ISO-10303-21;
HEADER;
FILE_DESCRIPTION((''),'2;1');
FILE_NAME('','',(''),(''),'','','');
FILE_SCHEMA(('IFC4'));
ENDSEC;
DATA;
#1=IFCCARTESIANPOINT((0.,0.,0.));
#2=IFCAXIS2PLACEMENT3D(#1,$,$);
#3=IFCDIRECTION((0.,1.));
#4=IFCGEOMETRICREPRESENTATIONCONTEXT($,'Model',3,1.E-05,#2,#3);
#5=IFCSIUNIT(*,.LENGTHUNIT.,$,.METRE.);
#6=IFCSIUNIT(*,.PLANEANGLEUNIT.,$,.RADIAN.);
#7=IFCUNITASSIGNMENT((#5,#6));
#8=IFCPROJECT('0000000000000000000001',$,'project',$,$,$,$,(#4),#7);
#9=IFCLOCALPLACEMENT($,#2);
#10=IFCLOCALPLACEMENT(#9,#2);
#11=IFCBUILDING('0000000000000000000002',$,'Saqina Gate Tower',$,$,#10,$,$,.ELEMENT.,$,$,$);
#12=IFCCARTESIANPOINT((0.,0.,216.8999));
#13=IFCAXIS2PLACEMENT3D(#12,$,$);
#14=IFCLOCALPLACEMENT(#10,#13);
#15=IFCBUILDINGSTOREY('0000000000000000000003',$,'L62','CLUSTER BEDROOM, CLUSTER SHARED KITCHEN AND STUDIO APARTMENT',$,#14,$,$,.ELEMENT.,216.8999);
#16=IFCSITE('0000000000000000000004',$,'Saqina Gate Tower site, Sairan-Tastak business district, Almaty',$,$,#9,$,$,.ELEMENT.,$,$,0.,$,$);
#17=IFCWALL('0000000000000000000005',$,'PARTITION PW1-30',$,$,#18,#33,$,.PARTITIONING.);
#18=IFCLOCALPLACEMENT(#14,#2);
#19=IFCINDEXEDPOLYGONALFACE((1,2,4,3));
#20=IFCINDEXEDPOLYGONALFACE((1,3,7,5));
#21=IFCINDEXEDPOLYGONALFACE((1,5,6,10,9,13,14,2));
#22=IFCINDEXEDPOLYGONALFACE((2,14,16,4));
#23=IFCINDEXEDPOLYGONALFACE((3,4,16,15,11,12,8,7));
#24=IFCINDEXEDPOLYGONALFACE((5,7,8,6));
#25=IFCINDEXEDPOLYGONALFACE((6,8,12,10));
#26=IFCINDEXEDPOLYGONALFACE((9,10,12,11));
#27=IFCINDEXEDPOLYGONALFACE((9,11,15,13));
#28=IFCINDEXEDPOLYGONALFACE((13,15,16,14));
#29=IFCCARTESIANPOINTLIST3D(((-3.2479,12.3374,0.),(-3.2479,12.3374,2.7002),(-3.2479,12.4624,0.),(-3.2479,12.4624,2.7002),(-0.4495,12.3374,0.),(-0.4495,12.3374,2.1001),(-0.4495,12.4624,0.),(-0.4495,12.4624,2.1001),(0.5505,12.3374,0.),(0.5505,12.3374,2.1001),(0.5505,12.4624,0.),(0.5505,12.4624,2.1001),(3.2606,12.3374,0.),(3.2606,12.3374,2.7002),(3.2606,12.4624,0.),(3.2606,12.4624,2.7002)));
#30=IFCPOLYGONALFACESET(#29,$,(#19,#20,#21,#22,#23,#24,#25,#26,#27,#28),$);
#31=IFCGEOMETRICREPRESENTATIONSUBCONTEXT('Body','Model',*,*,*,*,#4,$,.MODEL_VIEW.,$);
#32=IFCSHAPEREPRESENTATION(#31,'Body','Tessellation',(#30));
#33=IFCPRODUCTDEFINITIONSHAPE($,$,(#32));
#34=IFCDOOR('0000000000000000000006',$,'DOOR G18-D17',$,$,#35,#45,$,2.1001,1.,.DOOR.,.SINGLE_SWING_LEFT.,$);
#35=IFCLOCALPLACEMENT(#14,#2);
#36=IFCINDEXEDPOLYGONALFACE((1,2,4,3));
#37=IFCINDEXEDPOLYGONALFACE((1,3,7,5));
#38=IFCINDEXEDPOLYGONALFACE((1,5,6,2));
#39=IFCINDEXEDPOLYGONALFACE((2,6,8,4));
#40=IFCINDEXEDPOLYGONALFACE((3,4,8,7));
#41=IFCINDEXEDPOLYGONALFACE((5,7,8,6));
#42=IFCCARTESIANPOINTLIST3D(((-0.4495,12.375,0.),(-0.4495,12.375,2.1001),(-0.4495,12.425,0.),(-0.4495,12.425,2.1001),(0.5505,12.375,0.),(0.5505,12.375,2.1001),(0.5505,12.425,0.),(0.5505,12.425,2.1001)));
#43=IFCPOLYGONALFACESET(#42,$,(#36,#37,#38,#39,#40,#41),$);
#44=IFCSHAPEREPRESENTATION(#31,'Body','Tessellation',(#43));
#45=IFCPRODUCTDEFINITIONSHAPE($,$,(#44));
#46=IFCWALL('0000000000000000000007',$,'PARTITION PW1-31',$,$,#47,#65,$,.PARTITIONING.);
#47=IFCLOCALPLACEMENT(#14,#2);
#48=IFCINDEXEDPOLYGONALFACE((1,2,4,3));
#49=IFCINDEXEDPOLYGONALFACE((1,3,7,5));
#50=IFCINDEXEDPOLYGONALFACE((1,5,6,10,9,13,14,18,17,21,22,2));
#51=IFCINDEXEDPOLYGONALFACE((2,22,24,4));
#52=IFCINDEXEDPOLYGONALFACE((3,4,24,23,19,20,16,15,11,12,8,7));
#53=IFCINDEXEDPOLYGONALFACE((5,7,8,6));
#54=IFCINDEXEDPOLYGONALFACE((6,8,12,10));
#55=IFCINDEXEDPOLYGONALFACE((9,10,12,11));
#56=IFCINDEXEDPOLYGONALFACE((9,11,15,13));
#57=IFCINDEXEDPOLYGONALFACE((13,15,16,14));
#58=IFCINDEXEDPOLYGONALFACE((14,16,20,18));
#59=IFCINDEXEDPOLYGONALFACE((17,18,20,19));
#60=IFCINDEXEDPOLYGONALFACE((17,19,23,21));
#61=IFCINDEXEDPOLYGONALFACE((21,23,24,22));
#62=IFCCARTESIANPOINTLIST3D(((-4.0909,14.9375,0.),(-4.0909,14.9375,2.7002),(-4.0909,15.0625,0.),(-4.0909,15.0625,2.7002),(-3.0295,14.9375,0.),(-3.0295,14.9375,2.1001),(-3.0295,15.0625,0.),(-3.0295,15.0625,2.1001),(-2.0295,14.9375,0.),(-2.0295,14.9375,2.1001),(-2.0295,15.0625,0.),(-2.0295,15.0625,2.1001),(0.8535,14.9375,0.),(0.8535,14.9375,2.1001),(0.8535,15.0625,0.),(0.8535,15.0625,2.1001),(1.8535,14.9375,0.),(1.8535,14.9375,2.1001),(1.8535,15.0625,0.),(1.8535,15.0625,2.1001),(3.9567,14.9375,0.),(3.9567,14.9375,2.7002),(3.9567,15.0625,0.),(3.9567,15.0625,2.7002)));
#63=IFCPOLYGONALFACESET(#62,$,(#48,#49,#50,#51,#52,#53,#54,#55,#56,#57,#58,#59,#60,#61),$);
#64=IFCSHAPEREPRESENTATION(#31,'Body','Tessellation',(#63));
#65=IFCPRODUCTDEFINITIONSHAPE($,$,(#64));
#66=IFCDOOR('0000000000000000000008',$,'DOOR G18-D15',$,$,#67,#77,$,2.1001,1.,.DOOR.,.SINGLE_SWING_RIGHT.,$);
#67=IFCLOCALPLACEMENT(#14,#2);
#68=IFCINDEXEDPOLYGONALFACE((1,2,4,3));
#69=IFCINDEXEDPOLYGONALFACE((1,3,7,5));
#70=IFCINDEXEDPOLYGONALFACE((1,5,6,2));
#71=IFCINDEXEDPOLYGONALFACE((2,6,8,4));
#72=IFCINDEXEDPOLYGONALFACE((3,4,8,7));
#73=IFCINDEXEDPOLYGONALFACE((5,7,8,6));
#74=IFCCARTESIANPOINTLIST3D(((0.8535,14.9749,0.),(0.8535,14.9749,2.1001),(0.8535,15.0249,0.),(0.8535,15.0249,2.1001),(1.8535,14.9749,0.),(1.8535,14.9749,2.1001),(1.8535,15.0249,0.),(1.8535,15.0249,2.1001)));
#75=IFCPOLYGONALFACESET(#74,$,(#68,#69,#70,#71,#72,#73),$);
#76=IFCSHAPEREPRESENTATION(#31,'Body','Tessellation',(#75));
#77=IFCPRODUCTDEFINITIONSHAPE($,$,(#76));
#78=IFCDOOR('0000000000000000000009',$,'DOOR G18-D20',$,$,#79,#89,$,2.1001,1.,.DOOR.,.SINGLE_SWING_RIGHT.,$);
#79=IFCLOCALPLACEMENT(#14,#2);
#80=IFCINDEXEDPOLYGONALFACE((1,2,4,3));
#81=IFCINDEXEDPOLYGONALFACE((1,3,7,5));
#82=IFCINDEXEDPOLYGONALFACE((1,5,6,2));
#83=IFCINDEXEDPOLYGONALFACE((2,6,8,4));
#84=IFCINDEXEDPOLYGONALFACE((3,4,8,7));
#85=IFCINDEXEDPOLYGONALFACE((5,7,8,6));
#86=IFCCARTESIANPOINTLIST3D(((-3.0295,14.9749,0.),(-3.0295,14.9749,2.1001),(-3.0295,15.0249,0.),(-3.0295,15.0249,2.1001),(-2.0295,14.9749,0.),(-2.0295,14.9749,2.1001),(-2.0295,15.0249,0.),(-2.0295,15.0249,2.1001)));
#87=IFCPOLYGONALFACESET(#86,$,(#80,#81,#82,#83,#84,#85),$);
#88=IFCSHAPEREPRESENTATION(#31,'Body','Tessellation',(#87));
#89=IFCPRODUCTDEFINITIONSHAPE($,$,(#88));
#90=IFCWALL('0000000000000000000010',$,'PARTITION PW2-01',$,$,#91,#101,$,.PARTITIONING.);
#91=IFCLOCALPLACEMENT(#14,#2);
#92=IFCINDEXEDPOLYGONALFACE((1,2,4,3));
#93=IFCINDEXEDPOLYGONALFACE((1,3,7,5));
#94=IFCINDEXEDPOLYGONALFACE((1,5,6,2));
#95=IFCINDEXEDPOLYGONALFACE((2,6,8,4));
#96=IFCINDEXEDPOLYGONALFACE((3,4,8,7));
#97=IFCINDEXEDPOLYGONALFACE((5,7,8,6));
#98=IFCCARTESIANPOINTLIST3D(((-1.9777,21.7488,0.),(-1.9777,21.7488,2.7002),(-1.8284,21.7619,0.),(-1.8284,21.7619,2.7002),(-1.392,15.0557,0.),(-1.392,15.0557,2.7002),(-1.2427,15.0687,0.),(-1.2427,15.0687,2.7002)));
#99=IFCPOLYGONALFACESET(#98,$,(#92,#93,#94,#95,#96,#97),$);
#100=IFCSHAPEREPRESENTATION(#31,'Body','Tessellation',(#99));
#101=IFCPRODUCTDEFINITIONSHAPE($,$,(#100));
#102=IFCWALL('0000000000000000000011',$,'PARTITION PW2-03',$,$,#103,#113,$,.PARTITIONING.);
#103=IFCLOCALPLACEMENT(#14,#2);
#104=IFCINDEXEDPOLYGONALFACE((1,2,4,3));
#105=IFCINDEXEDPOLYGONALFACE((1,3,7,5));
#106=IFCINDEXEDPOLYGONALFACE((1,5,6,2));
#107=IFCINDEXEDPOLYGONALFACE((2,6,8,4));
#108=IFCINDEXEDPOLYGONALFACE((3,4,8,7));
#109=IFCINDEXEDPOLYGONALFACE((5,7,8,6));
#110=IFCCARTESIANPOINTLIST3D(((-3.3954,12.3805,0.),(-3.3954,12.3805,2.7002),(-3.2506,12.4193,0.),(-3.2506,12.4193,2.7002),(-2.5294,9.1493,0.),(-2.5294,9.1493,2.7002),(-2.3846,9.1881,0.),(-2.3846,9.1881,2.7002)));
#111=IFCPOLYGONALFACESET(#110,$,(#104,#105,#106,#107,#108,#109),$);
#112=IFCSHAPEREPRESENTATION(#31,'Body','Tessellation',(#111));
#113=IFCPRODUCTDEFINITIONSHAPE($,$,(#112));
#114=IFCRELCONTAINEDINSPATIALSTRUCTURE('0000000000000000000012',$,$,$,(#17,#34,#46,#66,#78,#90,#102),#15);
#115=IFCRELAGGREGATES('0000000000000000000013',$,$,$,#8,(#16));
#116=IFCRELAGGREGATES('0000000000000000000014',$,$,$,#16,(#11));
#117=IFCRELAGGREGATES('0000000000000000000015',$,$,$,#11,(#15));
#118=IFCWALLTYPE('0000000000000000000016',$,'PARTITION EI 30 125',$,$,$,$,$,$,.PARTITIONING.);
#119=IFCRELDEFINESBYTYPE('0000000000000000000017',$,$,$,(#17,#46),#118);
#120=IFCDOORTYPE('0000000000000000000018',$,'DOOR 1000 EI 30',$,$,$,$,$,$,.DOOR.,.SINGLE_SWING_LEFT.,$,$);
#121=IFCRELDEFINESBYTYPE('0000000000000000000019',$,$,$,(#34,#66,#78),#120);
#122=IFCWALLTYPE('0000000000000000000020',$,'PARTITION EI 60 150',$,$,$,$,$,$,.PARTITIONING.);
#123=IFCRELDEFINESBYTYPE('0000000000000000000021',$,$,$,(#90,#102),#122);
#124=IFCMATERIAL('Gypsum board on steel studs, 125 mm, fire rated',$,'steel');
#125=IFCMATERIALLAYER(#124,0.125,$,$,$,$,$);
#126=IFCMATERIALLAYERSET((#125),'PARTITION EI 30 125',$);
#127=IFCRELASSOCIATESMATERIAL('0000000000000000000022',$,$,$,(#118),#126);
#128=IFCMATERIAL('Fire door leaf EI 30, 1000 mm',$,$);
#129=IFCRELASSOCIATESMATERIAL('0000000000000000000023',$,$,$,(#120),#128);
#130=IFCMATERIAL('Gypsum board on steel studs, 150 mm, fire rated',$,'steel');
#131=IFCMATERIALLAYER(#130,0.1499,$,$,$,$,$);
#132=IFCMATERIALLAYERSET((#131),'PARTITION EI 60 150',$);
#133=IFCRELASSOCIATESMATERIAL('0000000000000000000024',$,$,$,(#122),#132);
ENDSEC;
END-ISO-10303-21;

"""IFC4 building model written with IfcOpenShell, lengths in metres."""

from ifc_helpers import new_model, si_unit, direction, frame, frame_2d, origin, place, context, subcontext, project, spatial, rectangle, extrude, material, layer, layer_set, type_object, element, fill, save


model = new_model("IFC4")

# Units and contexts
model_context = context("Model", 3, precision=1e-05, world=origin(), true_north=direction((0.0, 1.0)))
body_context = subcontext(model_context, "Body", "Model", "MODEL_VIEW")
ifc_project = project(units=[si_unit("LENGTHUNIT", "METRE"), si_unit("PLANEANGLEUNIT", "RADIAN")], contexts=[model_context])

# Site, building, storey
site_placement = place(None, origin())
site = spatial("IfcSite", under=ifc_project, at=site_placement, Name="Saqina Gate Tower site, Sairan-Tastak business district, Almaty", CompositionType="ELEMENT", RefElevation=0.0)
building_placement = place(site_placement, origin())
building = spatial("IfcBuilding", under=site, at=building_placement, Name="Saqina Gate Tower", CompositionType="ELEMENT")
storey_placement = place(building_placement, frame((0.0, 0.0, 216.8999)))
storey = spatial("IfcBuildingStorey", under=building, at=storey_placement, Name="L62", Description="CLUSTER BEDROOM, CLUSTER SHARED KITCHEN AND STUDIO APARTMENT", CompositionType="ELEMENT", Elevation=216.8999)

# Wall, opening, door
ifc_material_1 = material(Name="Gypsum board on steel studs, 125 mm, fire rated", Category="steel")
ifc_layer_1 = layer(ifc_material_1, 0.125)
ifc_layer_set_1 = layer_set([ifc_layer_1], Name="PARTITION EI 30 125")
wall_type_1 = type_object("IfcWallType", Name="PARTITION EI 30 125", PredefinedType="PARTITIONING", material=ifc_layer_set_1)
wall_1_placement = place(storey_placement, frame((-3.248, 12.3999, 0.0), z_axis=(0.0, 0.0, 1.0), x_axis=(1.0, 0.0, 0.0)))
wall_1 = element("IfcWall", 1, at=wall_1_placement, inside=storey, type_object=wall_type_1, Name="PARTITION PW1-30", PredefinedType="PARTITIONING", context=body_context, shape_type="SweptSolid", body=[
    extrude(rectangle(XDim=6.5085, YDim=0.125, at=frame_2d((3.2544, 0.0))), origin(), (0.0, 0.0, 1.0), 2.7002),
])
opening_1_placement = place(wall_1_placement, frame((2.7986, 0.0, 0.0)))
opening_1 = element("IfcOpeningElement", 2, at=opening_1_placement, cuts=wall_1, PredefinedType="OPENING", context=body_context, shape_type="SweptSolid", body=[
    extrude(rectangle(XDim=1.0, YDim=2.1001, at=frame_2d((0.5, 1.05))), frame((0.0, 0.0745, 0.0), z_axis=(0.0, -1.0, 0.0), x_axis=(1.0, 0.0, 0.0)), (0.0, 0.0, 1.0), 0.1489),
])
ifc_material_2 = material(Name="Fire door leaf EI 30, 1000 mm")
door_type_1 = type_object("IfcDoorType", Name="DOOR 1000 EI 30", OperationType="SINGLE_SWING_LEFT", PredefinedType="DOOR", material=ifc_material_2)
door_1_placement = place(opening_1_placement, frame((1.0, 0.0, 0.0), z_axis=(0.0, 0.0, 1.0), x_axis=(-1.0, 0.0, 0.0)))
door_1 = element("IfcDoor", 3, at=door_1_placement, inside=storey, type_object=door_type_1, Name="DOOR G18-D17", OperationType="SINGLE_SWING_LEFT", OverallHeight=2.1001, OverallWidth=1.0, PredefinedType="DOOR", context=body_context, shape_type="SweptSolid", body=[
    extrude(rectangle(XDim=1.0, YDim=2.1001, at=frame_2d((0.5, 1.05))), frame((0.0, 0.0249, 0.0), z_axis=(0.0, -1.0, 0.0), x_axis=(1.0, 0.0, 0.0)), (0.0, 0.0, 1.0), 0.05),
])
fill(opening_1, door_1)

# Wall, openings, doors
wall_2_placement = place(storey_placement, frame((-4.0911, 15.0, 0.0), z_axis=(0.0, 0.0, 1.0), x_axis=(1.0, 0.0, 0.0)))
wall_2 = element("IfcWall", 4, at=wall_2_placement, inside=storey, type_object=wall_type_1, Name="PARTITION PW1-31", PredefinedType="PARTITIONING", context=body_context, shape_type="SweptSolid", body=[
    extrude(rectangle(XDim=8.0476, YDim=0.125, at=frame_2d((4.0239, 0.0))), origin(), (0.0, 0.0, 1.0), 2.7002),
])
opening_2_placement = place(wall_2_placement, frame((4.9446, 0.0, 0.0)))
opening_2 = element("IfcOpeningElement", 5, at=opening_2_placement, cuts=wall_2, PredefinedType="OPENING", context=body_context, shape_type="SweptSolid", body=[
    extrude(rectangle(XDim=1.0, YDim=2.1001, at=frame_2d((0.5, 1.05))), frame((0.0, 0.0745, 0.0), z_axis=(0.0, -1.0, 0.0), x_axis=(1.0, 0.0, 0.0)), (0.0, 0.0, 1.0), 0.1489),
])
opening_3_placement = place(wall_2_placement, frame((1.0615, 0.0, 0.0)))
opening_3 = element("IfcOpeningElement", 6, at=opening_3_placement, cuts=wall_2, PredefinedType="OPENING", context=body_context, shape_type="SweptSolid", body=[
    extrude(rectangle(XDim=1.0, YDim=2.1001, at=frame_2d((0.5, 1.05))), frame((0.0, 0.0745, 0.0), z_axis=(0.0, -1.0, 0.0), x_axis=(1.0, 0.0, 0.0)), (0.0, 0.0, 1.0), 0.1489),
])
door_2_placement = place(opening_2_placement, origin())
door_2 = element("IfcDoor", 7, at=door_2_placement, inside=storey, type_object=door_type_1, Name="DOOR G18-D15", OperationType="SINGLE_SWING_RIGHT", OverallHeight=2.1001, OverallWidth=1.0, PredefinedType="DOOR", context=body_context, shape_type="SweptSolid", body=[
    extrude(rectangle(XDim=1.0, YDim=2.1001, at=frame_2d((0.5, 1.05))), frame((0.0, 0.0249, 0.0), z_axis=(0.0, -1.0, 0.0), x_axis=(1.0, 0.0, 0.0)), (0.0, 0.0, 1.0), 0.05),
])
fill(opening_2, door_2)
door_3_placement = place(opening_3_placement, origin())
door_3 = element("IfcDoor", 8, at=door_3_placement, inside=storey, type_object=door_type_1, Name="DOOR G18-D20", OperationType="SINGLE_SWING_RIGHT", OverallHeight=2.1001, OverallWidth=1.0, PredefinedType="DOOR", context=body_context, shape_type="SweptSolid", body=[
    extrude(rectangle(XDim=1.0, YDim=2.1001, at=frame_2d((0.5, 1.05))), frame((0.0, 0.0249, 0.0), z_axis=(0.0, -1.0, 0.0), x_axis=(1.0, 0.0, 0.0)), (0.0, 0.0, 1.0), 0.05),
])
fill(opening_3, door_3)

# Walls
ifc_material_3 = material(Name="Gypsum board on steel studs, 150 mm, fire rated", Category="steel")
ifc_layer_2 = layer(ifc_material_3, 0.1499)
ifc_layer_set_2 = layer_set([ifc_layer_2], Name="PARTITION EI 60 150")
wall_type_2 = type_object("IfcWallType", Name="PARTITION EI 60 150", PredefinedType="PARTITIONING", material=ifc_layer_set_2)
wall_3_placement = place(storey_placement, frame((-1.9031, 21.7554, 0.0), z_axis=(0.0, 0.0, 1.0), x_axis=(0.087174, -0.996193, 0.0)))
element("IfcWall", 9, at=wall_3_placement, inside=storey, type_object=wall_type_2, Name="PARTITION PW2-01", PredefinedType="PARTITIONING", context=body_context, shape_type="SweptSolid", body=[
    extrude(rectangle(XDim=6.7188, YDim=0.1499, at=frame_2d((3.3594, 0.0))), origin(), (0.0, 0.0, 1.0), 2.7002),
])
wall_4_placement = place(storey_placement, frame((-3.323, 12.3999, 0.0), z_axis=(0.0, 0.0, 1.0), x_axis=(0.258866, -0.965913, 0.0)))
element("IfcWall", 10, at=wall_4_placement, inside=storey, type_object=wall_type_2, Name="PARTITION PW2-03", PredefinedType="PARTITIONING", context=body_context, shape_type="SweptSolid", body=[
    extrude(rectangle(XDim=3.3452, YDim=0.1499, at=frame_2d((1.6726, 0.0))), origin(), (0.0, 0.0, 1.0), 2.7002),
])

save(model, "model.ifc")
